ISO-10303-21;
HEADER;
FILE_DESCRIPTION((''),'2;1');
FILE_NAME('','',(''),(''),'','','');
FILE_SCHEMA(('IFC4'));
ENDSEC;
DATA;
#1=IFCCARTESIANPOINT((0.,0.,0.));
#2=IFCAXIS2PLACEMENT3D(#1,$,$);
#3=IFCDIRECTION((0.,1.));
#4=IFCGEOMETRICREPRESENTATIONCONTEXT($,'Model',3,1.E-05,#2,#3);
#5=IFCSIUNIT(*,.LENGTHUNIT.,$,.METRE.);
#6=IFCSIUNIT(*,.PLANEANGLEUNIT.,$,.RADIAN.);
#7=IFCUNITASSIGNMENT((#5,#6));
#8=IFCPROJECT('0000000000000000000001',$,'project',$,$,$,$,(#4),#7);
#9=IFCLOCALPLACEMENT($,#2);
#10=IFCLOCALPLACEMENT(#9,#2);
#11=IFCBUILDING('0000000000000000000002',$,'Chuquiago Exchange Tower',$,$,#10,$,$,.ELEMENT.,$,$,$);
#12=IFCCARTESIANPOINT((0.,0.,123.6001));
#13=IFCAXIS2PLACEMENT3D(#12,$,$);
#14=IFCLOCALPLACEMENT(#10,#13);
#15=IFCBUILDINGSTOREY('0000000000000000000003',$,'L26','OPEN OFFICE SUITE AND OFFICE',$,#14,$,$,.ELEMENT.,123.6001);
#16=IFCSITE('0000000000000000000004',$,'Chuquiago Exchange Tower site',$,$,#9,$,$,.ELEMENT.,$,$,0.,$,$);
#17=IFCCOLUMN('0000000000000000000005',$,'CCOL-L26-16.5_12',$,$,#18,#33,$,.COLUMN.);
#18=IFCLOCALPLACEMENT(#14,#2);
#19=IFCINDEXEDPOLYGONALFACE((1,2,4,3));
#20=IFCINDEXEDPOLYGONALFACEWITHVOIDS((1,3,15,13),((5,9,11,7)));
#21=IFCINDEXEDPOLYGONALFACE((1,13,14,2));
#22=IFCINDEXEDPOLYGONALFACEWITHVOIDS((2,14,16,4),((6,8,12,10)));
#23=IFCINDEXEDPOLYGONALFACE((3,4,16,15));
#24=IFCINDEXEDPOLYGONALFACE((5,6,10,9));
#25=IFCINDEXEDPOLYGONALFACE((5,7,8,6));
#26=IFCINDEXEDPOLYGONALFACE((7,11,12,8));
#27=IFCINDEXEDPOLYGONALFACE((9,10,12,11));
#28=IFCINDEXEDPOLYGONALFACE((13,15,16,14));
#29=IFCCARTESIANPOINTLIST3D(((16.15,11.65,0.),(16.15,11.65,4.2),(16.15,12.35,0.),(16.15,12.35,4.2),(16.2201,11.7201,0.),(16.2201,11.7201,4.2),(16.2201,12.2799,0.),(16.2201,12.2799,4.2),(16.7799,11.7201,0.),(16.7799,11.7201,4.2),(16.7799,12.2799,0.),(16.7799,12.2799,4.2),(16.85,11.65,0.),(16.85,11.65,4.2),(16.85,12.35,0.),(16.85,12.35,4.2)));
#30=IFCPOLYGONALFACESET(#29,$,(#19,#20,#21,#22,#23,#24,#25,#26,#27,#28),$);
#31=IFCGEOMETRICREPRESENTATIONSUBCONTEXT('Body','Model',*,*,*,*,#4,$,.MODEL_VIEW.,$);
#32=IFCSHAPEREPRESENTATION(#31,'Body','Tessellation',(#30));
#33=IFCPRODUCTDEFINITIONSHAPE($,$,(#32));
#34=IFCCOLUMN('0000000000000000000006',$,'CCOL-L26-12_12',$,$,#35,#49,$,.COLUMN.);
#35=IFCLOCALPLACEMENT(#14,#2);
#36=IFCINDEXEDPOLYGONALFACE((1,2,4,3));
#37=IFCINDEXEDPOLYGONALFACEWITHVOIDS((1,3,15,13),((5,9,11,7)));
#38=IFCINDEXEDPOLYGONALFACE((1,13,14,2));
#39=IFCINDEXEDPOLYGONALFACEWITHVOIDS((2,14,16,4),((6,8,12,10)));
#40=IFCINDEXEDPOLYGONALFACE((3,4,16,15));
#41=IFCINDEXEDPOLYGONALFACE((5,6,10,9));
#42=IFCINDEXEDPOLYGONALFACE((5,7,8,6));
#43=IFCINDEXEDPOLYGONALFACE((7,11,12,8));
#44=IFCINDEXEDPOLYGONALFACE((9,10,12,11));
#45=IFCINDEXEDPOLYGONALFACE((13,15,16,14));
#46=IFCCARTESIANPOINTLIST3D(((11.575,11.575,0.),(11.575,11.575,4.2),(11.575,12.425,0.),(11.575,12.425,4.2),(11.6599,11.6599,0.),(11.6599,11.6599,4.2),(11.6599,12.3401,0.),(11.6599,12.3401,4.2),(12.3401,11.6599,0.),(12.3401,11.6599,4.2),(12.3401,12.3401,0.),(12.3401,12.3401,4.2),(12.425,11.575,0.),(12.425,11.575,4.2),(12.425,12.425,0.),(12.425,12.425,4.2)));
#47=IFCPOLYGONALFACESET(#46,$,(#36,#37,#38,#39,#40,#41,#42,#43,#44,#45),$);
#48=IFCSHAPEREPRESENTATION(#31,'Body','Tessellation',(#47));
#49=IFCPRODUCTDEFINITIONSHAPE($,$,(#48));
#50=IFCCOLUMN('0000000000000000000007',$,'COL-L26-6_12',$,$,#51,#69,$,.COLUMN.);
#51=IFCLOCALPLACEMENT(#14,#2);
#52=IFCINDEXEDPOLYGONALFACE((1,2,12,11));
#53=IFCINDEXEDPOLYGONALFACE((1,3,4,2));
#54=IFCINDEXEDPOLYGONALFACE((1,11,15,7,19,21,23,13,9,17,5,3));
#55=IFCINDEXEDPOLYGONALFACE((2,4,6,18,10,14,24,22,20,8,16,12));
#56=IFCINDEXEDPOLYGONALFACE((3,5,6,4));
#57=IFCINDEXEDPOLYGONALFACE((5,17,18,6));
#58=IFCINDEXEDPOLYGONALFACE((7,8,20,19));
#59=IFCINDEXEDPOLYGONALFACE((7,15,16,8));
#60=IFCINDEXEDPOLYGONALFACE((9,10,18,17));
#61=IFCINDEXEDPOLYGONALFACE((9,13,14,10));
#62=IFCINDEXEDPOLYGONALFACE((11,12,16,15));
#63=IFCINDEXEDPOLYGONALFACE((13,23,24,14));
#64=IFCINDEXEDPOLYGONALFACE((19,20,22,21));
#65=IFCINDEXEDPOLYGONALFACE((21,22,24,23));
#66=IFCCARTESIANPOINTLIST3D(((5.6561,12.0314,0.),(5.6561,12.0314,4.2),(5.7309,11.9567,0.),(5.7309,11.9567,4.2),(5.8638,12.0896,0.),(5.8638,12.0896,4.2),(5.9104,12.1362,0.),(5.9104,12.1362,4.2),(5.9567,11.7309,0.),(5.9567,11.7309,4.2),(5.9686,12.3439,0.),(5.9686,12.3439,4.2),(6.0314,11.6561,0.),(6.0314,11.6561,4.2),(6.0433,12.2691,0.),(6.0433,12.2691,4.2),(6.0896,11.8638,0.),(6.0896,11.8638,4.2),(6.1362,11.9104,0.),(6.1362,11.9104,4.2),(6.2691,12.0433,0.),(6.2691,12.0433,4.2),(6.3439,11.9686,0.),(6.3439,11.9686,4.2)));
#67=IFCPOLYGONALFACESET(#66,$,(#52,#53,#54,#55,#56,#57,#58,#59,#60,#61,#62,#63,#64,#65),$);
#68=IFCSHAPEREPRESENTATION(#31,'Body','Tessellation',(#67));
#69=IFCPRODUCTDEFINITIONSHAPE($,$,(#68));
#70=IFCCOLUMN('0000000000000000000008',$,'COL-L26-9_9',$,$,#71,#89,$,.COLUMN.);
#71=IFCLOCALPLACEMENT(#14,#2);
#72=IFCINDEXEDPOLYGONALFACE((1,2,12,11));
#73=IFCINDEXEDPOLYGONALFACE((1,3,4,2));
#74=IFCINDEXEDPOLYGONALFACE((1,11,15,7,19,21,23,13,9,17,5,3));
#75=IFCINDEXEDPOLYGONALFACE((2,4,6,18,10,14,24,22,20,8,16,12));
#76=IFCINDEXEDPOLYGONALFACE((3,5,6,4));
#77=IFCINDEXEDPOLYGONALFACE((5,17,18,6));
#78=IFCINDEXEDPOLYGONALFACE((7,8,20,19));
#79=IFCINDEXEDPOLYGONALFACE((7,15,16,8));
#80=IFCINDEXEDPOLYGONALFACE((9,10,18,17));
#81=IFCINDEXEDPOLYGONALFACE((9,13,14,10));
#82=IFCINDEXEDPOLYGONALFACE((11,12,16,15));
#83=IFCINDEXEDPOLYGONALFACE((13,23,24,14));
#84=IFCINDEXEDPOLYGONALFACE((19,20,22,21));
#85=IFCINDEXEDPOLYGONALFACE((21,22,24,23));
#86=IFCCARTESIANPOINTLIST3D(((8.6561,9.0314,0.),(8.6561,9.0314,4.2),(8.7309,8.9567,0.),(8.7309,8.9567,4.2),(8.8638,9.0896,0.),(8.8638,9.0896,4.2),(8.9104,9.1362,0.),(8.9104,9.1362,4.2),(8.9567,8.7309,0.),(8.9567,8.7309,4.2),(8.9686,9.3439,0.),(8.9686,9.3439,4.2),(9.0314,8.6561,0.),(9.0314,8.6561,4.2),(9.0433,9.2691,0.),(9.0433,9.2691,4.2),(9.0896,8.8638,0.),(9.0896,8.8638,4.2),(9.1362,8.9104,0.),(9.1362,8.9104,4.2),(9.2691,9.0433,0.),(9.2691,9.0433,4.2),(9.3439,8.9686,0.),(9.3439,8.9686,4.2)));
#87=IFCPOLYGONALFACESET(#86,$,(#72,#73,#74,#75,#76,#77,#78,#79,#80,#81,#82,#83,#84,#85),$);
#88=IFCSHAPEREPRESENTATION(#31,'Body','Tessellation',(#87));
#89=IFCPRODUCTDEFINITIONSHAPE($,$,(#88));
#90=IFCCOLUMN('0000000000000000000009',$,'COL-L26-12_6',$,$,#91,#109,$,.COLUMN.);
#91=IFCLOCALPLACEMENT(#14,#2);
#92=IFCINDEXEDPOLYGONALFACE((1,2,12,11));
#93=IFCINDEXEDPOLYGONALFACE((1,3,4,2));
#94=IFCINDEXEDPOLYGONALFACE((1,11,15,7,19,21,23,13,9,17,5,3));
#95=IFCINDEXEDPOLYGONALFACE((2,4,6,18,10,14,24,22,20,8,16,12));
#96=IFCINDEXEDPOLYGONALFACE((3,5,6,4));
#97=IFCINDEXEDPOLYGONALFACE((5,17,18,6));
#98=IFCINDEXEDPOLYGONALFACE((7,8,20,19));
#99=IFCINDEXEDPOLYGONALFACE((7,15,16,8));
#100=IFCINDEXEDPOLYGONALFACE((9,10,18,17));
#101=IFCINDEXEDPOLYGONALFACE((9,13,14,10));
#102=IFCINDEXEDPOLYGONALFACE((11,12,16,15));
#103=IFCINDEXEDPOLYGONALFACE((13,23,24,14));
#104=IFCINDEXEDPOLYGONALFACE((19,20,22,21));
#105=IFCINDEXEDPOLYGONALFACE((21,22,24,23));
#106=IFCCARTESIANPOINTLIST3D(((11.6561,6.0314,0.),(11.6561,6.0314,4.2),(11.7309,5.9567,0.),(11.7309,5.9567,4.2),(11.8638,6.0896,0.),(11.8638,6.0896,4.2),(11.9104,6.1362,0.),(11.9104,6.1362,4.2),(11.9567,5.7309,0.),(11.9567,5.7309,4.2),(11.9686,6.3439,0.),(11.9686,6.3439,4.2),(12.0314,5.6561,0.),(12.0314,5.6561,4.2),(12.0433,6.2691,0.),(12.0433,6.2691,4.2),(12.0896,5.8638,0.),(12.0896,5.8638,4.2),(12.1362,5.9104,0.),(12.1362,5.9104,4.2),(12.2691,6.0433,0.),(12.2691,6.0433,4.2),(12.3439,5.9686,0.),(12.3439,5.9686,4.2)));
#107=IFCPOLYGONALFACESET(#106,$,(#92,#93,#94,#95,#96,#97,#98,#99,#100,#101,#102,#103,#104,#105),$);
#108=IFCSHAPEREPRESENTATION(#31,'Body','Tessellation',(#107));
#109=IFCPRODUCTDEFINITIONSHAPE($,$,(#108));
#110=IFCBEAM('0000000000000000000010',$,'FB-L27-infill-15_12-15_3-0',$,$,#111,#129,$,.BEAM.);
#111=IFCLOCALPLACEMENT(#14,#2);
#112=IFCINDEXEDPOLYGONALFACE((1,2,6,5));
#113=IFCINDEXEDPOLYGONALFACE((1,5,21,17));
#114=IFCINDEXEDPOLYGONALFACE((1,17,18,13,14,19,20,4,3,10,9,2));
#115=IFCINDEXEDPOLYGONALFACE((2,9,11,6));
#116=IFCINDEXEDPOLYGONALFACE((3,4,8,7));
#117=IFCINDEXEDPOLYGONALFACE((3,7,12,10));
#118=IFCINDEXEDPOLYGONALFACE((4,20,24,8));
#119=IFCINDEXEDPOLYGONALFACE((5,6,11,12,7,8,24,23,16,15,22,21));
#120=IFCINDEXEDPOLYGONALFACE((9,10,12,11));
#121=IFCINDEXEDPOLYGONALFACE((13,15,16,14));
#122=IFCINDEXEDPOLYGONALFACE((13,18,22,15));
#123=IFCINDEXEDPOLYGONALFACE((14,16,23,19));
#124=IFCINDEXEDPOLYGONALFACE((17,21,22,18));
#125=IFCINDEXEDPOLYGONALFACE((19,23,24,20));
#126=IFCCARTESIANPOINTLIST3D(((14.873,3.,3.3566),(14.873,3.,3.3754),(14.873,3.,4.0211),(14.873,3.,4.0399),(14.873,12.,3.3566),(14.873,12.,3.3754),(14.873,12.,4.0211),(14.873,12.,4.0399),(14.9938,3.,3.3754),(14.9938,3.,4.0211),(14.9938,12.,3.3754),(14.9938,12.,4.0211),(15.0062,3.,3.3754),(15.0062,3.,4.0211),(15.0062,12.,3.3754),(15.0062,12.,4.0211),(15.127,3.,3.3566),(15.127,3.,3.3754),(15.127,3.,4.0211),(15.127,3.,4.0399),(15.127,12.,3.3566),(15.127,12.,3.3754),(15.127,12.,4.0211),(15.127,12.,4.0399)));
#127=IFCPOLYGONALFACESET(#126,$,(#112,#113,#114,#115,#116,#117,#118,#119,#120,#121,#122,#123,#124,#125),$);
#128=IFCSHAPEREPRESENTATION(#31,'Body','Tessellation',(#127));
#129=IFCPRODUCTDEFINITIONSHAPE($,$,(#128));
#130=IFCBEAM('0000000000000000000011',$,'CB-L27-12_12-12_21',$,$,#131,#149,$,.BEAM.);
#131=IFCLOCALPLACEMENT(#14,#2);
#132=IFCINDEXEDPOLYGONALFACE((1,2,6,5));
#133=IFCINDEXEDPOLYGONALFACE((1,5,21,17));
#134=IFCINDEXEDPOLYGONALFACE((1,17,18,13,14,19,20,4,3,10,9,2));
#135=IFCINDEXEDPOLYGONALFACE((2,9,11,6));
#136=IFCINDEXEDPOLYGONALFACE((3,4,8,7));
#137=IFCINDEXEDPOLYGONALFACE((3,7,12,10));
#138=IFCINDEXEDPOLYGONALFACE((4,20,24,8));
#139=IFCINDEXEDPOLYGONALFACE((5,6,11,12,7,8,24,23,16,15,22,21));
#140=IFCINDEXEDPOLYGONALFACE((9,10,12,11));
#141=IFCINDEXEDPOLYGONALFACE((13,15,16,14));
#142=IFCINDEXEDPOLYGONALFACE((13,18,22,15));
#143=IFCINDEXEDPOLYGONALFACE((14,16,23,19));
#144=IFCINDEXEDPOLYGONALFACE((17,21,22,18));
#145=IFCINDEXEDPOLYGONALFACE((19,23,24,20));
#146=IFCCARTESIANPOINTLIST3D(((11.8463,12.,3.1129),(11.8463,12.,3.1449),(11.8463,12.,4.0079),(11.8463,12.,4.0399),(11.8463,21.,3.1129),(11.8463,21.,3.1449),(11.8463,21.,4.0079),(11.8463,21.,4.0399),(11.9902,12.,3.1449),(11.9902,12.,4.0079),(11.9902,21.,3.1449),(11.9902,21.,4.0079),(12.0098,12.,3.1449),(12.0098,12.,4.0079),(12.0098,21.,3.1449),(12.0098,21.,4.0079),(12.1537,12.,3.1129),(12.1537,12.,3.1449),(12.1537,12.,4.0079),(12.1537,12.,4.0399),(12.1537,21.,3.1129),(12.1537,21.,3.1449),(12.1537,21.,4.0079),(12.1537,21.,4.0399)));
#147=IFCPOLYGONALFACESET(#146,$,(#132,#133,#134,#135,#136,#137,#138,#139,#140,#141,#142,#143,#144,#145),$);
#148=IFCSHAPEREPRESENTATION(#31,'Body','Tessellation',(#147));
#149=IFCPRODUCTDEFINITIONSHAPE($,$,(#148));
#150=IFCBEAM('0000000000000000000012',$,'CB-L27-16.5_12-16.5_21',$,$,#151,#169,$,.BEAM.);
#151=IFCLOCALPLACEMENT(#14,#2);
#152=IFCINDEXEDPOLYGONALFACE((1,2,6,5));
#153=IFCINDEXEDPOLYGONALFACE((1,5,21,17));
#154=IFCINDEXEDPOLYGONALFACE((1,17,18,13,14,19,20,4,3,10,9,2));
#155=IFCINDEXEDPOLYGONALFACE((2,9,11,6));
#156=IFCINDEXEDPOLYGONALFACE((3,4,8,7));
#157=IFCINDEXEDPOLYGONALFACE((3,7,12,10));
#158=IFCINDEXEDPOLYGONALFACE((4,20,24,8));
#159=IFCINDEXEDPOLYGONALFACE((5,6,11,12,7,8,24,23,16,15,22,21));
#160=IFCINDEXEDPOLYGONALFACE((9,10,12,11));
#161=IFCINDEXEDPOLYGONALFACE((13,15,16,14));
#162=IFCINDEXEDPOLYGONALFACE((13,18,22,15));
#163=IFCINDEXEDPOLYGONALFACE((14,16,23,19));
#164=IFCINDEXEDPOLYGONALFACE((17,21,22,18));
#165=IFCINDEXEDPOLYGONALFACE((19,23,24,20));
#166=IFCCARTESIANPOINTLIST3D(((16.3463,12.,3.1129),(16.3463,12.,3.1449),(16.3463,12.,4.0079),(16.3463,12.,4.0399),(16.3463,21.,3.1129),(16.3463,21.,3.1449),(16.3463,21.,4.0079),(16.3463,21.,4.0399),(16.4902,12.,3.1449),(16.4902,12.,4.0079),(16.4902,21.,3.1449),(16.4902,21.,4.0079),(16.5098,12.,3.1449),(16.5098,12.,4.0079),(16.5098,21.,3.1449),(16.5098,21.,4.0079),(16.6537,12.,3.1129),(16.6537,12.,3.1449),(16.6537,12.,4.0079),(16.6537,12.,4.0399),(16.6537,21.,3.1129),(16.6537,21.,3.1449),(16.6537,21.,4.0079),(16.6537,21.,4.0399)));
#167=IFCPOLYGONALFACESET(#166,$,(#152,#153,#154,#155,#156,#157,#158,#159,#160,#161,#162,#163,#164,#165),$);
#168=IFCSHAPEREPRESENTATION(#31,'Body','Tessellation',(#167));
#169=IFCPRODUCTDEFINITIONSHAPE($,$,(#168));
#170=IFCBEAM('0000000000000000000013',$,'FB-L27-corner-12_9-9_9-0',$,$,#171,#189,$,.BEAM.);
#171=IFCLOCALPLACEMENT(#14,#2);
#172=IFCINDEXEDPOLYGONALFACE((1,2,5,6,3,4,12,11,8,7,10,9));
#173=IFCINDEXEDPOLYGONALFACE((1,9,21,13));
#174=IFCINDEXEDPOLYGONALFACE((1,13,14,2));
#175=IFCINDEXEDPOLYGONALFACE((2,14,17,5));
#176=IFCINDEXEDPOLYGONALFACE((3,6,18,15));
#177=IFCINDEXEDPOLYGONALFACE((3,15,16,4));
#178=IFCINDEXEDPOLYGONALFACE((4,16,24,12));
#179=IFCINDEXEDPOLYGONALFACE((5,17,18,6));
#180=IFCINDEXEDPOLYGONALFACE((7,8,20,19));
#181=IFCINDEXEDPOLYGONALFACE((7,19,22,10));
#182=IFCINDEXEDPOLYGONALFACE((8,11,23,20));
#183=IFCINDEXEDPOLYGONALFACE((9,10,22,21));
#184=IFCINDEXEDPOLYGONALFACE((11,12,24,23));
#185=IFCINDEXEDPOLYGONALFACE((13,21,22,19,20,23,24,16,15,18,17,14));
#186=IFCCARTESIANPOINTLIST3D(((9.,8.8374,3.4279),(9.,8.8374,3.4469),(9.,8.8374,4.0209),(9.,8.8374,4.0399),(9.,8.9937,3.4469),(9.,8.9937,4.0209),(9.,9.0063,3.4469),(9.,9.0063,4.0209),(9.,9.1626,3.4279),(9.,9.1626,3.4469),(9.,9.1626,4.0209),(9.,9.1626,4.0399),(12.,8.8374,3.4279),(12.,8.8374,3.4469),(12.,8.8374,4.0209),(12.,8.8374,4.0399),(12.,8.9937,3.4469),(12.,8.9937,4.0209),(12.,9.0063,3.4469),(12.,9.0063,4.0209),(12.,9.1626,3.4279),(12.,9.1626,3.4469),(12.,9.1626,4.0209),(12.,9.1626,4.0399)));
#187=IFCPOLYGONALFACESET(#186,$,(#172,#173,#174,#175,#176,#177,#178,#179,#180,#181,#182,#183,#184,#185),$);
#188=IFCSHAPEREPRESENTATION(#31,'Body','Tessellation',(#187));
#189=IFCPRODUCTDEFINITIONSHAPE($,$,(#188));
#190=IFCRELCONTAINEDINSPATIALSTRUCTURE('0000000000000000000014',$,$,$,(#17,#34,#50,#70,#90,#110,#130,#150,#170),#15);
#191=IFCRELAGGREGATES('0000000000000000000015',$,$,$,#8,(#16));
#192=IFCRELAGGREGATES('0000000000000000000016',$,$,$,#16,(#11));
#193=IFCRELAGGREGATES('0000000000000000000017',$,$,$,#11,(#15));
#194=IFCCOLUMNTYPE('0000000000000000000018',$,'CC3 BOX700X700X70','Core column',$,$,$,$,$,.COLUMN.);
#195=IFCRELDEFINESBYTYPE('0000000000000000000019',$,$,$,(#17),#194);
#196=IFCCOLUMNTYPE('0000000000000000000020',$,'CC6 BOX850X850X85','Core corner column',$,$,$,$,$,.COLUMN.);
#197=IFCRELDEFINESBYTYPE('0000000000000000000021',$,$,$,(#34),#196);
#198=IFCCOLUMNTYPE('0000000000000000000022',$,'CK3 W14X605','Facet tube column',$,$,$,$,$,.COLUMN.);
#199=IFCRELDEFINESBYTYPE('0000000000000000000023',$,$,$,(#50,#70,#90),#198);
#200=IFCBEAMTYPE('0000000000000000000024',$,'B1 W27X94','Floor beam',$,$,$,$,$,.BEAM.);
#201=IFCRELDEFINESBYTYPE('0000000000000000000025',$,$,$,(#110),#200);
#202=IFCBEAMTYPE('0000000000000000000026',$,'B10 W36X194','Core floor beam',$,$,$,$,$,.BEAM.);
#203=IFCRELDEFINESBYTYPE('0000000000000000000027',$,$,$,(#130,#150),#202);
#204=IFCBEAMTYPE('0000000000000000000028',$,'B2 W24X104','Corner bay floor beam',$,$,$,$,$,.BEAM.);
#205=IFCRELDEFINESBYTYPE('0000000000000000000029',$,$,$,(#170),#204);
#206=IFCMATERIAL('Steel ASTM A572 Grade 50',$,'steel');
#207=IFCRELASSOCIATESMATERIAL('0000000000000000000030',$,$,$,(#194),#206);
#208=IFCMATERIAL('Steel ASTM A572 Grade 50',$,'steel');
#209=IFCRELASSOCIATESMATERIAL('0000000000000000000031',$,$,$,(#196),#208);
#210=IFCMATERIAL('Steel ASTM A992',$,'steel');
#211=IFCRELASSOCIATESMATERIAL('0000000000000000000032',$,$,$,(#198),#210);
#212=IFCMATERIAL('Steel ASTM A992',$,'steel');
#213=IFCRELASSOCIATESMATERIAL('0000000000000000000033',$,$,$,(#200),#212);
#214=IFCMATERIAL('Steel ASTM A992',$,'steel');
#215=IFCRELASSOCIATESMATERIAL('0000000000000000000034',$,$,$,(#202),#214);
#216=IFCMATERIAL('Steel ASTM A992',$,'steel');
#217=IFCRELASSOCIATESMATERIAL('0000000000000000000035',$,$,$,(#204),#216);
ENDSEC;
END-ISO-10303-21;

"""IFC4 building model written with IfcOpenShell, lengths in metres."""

from ifc_helpers import new_model, si_unit, direction, frame, origin, origin_2d, place, context, subcontext, project, spatial, hollow_rectangle, i_section, extrude, material, material_profile, profile_set, type_object, element, save


model = new_model("IFC4")

# Units and contexts
model_context = context("Model", 3, precision=1e-05, world=origin(), true_north=direction((0.0, 1.0)))
body_context = subcontext(model_context, "Body", "Model", "MODEL_VIEW")
ifc_project = project(units=[si_unit("LENGTHUNIT", "METRE"), si_unit("PLANEANGLEUNIT", "RADIAN")], contexts=[model_context])

# Site, building, storey
site_placement = place(None, origin())
site = spatial("IfcSite", under=ifc_project, at=site_placement, Name="Chuquiago Exchange Tower site", CompositionType="ELEMENT", RefElevation=0.0)
building_placement = place(site_placement, origin())
building = spatial("IfcBuilding", under=site, at=building_placement, Name="Chuquiago Exchange Tower", CompositionType="ELEMENT")
storey_placement = place(building_placement, frame((0.0, 0.0, 123.6001)))
storey = spatial("IfcBuildingStorey", under=building, at=storey_placement, Name="L26", Description="OPEN OFFICE SUITE AND OFFICE", CompositionType="ELEMENT", Elevation=123.6001)

# Columns
ifc_material_1 = material(Name="Steel ASTM A572 Grade 50", Category="steel")
ifc_material_profile_1 = material_profile(ifc_material_1, hollow_rectangle(XDim=0.7, YDim=0.7, WallThickness=0.0701, at=origin_2d()), Name="BOX700X700X70")
ifc_profile_set_1 = profile_set([ifc_material_profile_1], Name="Steel ASTM A572 Grade 50")
column_type_1 = type_object("IfcColumnType", Name="CC3 BOX700X700X70", Description="Core column", PredefinedType="COLUMN", material=ifc_profile_set_1)
column_1_placement = place(storey_placement, frame((16.5, 12.0, 0.0), z_axis=(0.0, 0.0, 1.0), x_axis=(1.0, 0.0, 0.0)))
element("IfcColumn", 1, at=column_1_placement, inside=storey, type_object=column_type_1, Name="CCOL-L26-16.5_12", PredefinedType="COLUMN", context=body_context, shape_type="SweptSolid", body=[
    extrude(hollow_rectangle(XDim=0.7, YDim=0.7, WallThickness=0.0701, at=origin_2d()), origin(), (0.0, 0.0, 1.0), 4.2),
])
ifc_material_2 = material(Name="Steel ASTM A572 Grade 50", Category="steel")
ifc_material_profile_2 = material_profile(ifc_material_2, hollow_rectangle(XDim=0.8501, YDim=0.8501, WallThickness=0.085, at=origin_2d()), Name="BOX850X850X85")
ifc_profile_set_2 = profile_set([ifc_material_profile_2], Name="Steel ASTM A572 Grade 50")
column_type_2 = type_object("IfcColumnType", Name="CC6 BOX850X850X85", Description="Core corner column", PredefinedType="COLUMN", material=ifc_profile_set_2)
column_2_placement = place(storey_placement, frame((12.0, 12.0, 0.0), z_axis=(0.0, 0.0, 1.0), x_axis=(1.0, 0.0, 0.0)))
element("IfcColumn", 2, at=column_2_placement, inside=storey, type_object=column_type_2, Name="CCOL-L26-12_12", PredefinedType="COLUMN", context=body_context, shape_type="SweptSolid", body=[
    extrude(hollow_rectangle(XDim=0.8501, YDim=0.8501, WallThickness=0.085, at=origin_2d()), origin(), (0.0, 0.0, 1.0), 4.2),
])
ifc_material_3 = material(Name="Steel ASTM A992", Category="steel")
ifc_material_profile_3 = material_profile(ifc_material_3, i_section(OverallWidth=0.4419, OverallDepth=0.5308, WebThickness=0.0659, FlangeThickness=0.1057, at=origin_2d()), Name="W14X605")
ifc_profile_set_3 = profile_set([ifc_material_profile_3], Name="Steel ASTM A992")
column_type_3 = type_object("IfcColumnType", Name="CK3 W14X605", Description="Facet tube column", PredefinedType="COLUMN", material=ifc_profile_set_3)
for number, where, z_axis, x_axis, name in (
    (3, (6.0, 12.0, 0.0), (0.0, 0.0, 1.0), (-0.707107, -0.707107, 0.0), "COL-L26-6_12"),
    (4, (9.0, 9.0, 0.0), (0.0, 0.0, 1.0), (-0.707107, -0.707107, 0.0), "COL-L26-9_9"),
    (5, (12.0, 6.0, 0.0), (0.0, 0.0, 1.0), (-0.707107, -0.707107, 0.0), "COL-L26-12_6"),
):
    element("IfcColumn", number, at=place(storey_placement, frame(where, z_axis=z_axis, x_axis=x_axis)), inside=storey, type_object=column_type_3, Name=name, PredefinedType="COLUMN", context=body_context, shape_type="SweptSolid", body=[
        extrude(i_section(OverallWidth=0.4419, OverallDepth=0.5308, WebThickness=0.0659, FlangeThickness=0.1057, at=origin_2d()), origin(), (0.0, 0.0, 1.0), 4.2),
    ])

# Beams
ifc_material_4 = material(Name="Steel ASTM A992", Category="steel")
ifc_material_profile_4 = material_profile(ifc_material_4, i_section(OverallWidth=0.2539, OverallDepth=0.6833, WebThickness=0.0125, FlangeThickness=0.0188, at=origin_2d()), Name="W27X94")
ifc_profile_set_4 = profile_set([ifc_material_profile_4], Name="Steel ASTM A992")
beam_type_1 = type_object("IfcBeamType", Name="B1 W27X94", Description="Floor beam", PredefinedType="BEAM", material=ifc_profile_set_4)
beam_1_placement = place(storey_placement, frame((15.0, 12.0, 3.6982), z_axis=(0.0, -1.0, 0.0), x_axis=(1.0, 0.0, 0.0)))
element("IfcBeam", 6, at=beam_1_placement, inside=storey, type_object=beam_type_1, Name="FB-L27-infill-15_12-15_3-0", PredefinedType="BEAM", context=body_context, shape_type="SweptSolid", body=[
    extrude(i_section(OverallWidth=0.2539, OverallDepth=0.6833, WebThickness=0.0125, FlangeThickness=0.0188, at=origin_2d()), origin(), (0.0, 0.0, 1.0), 9.0),
])
ifc_material_5 = material(Name="Steel ASTM A992", Category="steel")
ifc_material_profile_5 = material_profile(ifc_material_5, i_section(OverallWidth=0.3074, OverallDepth=0.927, WebThickness=0.0195, FlangeThickness=0.032, at=origin_2d()), Name="W36X194")
ifc_profile_set_5 = profile_set([ifc_material_profile_5], Name="Steel ASTM A992")
beam_type_2 = type_object("IfcBeamType", Name="B10 W36X194", Description="Core floor beam", PredefinedType="BEAM", material=ifc_profile_set_5)
for number, where, z_axis, x_axis, name in (
    (7, (12.0, 12.0, 3.5764), (0.0, 1.0, 0.0), (-1.0, 0.0, 0.0), "CB-L27-12_12-12_21"),
    (8, (16.5, 12.0, 3.5764), (0.0, 1.0, 0.0), (-1.0, 0.0, 0.0), "CB-L27-16.5_12-16.5_21"),
):
    element("IfcBeam", number, at=place(storey_placement, frame(where, z_axis=z_axis, x_axis=x_axis)), inside=storey, type_object=beam_type_2, Name=name, PredefinedType="BEAM", context=body_context, shape_type="SweptSolid", body=[
        extrude(i_section(OverallWidth=0.3074, OverallDepth=0.927, WebThickness=0.0195, FlangeThickness=0.032, at=origin_2d()), origin(), (0.0, 0.0, 1.0), 9.0),
    ])
ifc_material_6 = material(Name="Steel ASTM A992", Category="steel")
ifc_material_profile_6 = material_profile(ifc_material_6, i_section(OverallWidth=0.3252, OverallDepth=0.6121, WebThickness=0.0127, FlangeThickness=0.019, at=origin_2d()), Name="W24X104")
ifc_profile_set_6 = profile_set([ifc_material_profile_6], Name="Steel ASTM A992")
beam_type_3 = type_object("IfcBeamType", Name="B2 W24X104", Description="Corner bay floor beam", PredefinedType="BEAM", material=ifc_profile_set_6)
beam_2_placement = place(storey_placement, frame((12.0, 9.0, 3.7339), z_axis=(-1.0, 0.0, 0.0), x_axis=(0.0, -1.0, 0.0)))
element("IfcBeam", 9, at=beam_2_placement, inside=storey, type_object=beam_type_3, Name="FB-L27-corner-12_9-9_9-0", PredefinedType="BEAM", context=body_context, shape_type="SweptSolid", body=[
    extrude(i_section(OverallWidth=0.3252, OverallDepth=0.6121, WebThickness=0.0127, FlangeThickness=0.019, at=origin_2d()), origin(), (0.0, 0.0, 1.0), 3.0),
])

save(model, "model.ifc")
